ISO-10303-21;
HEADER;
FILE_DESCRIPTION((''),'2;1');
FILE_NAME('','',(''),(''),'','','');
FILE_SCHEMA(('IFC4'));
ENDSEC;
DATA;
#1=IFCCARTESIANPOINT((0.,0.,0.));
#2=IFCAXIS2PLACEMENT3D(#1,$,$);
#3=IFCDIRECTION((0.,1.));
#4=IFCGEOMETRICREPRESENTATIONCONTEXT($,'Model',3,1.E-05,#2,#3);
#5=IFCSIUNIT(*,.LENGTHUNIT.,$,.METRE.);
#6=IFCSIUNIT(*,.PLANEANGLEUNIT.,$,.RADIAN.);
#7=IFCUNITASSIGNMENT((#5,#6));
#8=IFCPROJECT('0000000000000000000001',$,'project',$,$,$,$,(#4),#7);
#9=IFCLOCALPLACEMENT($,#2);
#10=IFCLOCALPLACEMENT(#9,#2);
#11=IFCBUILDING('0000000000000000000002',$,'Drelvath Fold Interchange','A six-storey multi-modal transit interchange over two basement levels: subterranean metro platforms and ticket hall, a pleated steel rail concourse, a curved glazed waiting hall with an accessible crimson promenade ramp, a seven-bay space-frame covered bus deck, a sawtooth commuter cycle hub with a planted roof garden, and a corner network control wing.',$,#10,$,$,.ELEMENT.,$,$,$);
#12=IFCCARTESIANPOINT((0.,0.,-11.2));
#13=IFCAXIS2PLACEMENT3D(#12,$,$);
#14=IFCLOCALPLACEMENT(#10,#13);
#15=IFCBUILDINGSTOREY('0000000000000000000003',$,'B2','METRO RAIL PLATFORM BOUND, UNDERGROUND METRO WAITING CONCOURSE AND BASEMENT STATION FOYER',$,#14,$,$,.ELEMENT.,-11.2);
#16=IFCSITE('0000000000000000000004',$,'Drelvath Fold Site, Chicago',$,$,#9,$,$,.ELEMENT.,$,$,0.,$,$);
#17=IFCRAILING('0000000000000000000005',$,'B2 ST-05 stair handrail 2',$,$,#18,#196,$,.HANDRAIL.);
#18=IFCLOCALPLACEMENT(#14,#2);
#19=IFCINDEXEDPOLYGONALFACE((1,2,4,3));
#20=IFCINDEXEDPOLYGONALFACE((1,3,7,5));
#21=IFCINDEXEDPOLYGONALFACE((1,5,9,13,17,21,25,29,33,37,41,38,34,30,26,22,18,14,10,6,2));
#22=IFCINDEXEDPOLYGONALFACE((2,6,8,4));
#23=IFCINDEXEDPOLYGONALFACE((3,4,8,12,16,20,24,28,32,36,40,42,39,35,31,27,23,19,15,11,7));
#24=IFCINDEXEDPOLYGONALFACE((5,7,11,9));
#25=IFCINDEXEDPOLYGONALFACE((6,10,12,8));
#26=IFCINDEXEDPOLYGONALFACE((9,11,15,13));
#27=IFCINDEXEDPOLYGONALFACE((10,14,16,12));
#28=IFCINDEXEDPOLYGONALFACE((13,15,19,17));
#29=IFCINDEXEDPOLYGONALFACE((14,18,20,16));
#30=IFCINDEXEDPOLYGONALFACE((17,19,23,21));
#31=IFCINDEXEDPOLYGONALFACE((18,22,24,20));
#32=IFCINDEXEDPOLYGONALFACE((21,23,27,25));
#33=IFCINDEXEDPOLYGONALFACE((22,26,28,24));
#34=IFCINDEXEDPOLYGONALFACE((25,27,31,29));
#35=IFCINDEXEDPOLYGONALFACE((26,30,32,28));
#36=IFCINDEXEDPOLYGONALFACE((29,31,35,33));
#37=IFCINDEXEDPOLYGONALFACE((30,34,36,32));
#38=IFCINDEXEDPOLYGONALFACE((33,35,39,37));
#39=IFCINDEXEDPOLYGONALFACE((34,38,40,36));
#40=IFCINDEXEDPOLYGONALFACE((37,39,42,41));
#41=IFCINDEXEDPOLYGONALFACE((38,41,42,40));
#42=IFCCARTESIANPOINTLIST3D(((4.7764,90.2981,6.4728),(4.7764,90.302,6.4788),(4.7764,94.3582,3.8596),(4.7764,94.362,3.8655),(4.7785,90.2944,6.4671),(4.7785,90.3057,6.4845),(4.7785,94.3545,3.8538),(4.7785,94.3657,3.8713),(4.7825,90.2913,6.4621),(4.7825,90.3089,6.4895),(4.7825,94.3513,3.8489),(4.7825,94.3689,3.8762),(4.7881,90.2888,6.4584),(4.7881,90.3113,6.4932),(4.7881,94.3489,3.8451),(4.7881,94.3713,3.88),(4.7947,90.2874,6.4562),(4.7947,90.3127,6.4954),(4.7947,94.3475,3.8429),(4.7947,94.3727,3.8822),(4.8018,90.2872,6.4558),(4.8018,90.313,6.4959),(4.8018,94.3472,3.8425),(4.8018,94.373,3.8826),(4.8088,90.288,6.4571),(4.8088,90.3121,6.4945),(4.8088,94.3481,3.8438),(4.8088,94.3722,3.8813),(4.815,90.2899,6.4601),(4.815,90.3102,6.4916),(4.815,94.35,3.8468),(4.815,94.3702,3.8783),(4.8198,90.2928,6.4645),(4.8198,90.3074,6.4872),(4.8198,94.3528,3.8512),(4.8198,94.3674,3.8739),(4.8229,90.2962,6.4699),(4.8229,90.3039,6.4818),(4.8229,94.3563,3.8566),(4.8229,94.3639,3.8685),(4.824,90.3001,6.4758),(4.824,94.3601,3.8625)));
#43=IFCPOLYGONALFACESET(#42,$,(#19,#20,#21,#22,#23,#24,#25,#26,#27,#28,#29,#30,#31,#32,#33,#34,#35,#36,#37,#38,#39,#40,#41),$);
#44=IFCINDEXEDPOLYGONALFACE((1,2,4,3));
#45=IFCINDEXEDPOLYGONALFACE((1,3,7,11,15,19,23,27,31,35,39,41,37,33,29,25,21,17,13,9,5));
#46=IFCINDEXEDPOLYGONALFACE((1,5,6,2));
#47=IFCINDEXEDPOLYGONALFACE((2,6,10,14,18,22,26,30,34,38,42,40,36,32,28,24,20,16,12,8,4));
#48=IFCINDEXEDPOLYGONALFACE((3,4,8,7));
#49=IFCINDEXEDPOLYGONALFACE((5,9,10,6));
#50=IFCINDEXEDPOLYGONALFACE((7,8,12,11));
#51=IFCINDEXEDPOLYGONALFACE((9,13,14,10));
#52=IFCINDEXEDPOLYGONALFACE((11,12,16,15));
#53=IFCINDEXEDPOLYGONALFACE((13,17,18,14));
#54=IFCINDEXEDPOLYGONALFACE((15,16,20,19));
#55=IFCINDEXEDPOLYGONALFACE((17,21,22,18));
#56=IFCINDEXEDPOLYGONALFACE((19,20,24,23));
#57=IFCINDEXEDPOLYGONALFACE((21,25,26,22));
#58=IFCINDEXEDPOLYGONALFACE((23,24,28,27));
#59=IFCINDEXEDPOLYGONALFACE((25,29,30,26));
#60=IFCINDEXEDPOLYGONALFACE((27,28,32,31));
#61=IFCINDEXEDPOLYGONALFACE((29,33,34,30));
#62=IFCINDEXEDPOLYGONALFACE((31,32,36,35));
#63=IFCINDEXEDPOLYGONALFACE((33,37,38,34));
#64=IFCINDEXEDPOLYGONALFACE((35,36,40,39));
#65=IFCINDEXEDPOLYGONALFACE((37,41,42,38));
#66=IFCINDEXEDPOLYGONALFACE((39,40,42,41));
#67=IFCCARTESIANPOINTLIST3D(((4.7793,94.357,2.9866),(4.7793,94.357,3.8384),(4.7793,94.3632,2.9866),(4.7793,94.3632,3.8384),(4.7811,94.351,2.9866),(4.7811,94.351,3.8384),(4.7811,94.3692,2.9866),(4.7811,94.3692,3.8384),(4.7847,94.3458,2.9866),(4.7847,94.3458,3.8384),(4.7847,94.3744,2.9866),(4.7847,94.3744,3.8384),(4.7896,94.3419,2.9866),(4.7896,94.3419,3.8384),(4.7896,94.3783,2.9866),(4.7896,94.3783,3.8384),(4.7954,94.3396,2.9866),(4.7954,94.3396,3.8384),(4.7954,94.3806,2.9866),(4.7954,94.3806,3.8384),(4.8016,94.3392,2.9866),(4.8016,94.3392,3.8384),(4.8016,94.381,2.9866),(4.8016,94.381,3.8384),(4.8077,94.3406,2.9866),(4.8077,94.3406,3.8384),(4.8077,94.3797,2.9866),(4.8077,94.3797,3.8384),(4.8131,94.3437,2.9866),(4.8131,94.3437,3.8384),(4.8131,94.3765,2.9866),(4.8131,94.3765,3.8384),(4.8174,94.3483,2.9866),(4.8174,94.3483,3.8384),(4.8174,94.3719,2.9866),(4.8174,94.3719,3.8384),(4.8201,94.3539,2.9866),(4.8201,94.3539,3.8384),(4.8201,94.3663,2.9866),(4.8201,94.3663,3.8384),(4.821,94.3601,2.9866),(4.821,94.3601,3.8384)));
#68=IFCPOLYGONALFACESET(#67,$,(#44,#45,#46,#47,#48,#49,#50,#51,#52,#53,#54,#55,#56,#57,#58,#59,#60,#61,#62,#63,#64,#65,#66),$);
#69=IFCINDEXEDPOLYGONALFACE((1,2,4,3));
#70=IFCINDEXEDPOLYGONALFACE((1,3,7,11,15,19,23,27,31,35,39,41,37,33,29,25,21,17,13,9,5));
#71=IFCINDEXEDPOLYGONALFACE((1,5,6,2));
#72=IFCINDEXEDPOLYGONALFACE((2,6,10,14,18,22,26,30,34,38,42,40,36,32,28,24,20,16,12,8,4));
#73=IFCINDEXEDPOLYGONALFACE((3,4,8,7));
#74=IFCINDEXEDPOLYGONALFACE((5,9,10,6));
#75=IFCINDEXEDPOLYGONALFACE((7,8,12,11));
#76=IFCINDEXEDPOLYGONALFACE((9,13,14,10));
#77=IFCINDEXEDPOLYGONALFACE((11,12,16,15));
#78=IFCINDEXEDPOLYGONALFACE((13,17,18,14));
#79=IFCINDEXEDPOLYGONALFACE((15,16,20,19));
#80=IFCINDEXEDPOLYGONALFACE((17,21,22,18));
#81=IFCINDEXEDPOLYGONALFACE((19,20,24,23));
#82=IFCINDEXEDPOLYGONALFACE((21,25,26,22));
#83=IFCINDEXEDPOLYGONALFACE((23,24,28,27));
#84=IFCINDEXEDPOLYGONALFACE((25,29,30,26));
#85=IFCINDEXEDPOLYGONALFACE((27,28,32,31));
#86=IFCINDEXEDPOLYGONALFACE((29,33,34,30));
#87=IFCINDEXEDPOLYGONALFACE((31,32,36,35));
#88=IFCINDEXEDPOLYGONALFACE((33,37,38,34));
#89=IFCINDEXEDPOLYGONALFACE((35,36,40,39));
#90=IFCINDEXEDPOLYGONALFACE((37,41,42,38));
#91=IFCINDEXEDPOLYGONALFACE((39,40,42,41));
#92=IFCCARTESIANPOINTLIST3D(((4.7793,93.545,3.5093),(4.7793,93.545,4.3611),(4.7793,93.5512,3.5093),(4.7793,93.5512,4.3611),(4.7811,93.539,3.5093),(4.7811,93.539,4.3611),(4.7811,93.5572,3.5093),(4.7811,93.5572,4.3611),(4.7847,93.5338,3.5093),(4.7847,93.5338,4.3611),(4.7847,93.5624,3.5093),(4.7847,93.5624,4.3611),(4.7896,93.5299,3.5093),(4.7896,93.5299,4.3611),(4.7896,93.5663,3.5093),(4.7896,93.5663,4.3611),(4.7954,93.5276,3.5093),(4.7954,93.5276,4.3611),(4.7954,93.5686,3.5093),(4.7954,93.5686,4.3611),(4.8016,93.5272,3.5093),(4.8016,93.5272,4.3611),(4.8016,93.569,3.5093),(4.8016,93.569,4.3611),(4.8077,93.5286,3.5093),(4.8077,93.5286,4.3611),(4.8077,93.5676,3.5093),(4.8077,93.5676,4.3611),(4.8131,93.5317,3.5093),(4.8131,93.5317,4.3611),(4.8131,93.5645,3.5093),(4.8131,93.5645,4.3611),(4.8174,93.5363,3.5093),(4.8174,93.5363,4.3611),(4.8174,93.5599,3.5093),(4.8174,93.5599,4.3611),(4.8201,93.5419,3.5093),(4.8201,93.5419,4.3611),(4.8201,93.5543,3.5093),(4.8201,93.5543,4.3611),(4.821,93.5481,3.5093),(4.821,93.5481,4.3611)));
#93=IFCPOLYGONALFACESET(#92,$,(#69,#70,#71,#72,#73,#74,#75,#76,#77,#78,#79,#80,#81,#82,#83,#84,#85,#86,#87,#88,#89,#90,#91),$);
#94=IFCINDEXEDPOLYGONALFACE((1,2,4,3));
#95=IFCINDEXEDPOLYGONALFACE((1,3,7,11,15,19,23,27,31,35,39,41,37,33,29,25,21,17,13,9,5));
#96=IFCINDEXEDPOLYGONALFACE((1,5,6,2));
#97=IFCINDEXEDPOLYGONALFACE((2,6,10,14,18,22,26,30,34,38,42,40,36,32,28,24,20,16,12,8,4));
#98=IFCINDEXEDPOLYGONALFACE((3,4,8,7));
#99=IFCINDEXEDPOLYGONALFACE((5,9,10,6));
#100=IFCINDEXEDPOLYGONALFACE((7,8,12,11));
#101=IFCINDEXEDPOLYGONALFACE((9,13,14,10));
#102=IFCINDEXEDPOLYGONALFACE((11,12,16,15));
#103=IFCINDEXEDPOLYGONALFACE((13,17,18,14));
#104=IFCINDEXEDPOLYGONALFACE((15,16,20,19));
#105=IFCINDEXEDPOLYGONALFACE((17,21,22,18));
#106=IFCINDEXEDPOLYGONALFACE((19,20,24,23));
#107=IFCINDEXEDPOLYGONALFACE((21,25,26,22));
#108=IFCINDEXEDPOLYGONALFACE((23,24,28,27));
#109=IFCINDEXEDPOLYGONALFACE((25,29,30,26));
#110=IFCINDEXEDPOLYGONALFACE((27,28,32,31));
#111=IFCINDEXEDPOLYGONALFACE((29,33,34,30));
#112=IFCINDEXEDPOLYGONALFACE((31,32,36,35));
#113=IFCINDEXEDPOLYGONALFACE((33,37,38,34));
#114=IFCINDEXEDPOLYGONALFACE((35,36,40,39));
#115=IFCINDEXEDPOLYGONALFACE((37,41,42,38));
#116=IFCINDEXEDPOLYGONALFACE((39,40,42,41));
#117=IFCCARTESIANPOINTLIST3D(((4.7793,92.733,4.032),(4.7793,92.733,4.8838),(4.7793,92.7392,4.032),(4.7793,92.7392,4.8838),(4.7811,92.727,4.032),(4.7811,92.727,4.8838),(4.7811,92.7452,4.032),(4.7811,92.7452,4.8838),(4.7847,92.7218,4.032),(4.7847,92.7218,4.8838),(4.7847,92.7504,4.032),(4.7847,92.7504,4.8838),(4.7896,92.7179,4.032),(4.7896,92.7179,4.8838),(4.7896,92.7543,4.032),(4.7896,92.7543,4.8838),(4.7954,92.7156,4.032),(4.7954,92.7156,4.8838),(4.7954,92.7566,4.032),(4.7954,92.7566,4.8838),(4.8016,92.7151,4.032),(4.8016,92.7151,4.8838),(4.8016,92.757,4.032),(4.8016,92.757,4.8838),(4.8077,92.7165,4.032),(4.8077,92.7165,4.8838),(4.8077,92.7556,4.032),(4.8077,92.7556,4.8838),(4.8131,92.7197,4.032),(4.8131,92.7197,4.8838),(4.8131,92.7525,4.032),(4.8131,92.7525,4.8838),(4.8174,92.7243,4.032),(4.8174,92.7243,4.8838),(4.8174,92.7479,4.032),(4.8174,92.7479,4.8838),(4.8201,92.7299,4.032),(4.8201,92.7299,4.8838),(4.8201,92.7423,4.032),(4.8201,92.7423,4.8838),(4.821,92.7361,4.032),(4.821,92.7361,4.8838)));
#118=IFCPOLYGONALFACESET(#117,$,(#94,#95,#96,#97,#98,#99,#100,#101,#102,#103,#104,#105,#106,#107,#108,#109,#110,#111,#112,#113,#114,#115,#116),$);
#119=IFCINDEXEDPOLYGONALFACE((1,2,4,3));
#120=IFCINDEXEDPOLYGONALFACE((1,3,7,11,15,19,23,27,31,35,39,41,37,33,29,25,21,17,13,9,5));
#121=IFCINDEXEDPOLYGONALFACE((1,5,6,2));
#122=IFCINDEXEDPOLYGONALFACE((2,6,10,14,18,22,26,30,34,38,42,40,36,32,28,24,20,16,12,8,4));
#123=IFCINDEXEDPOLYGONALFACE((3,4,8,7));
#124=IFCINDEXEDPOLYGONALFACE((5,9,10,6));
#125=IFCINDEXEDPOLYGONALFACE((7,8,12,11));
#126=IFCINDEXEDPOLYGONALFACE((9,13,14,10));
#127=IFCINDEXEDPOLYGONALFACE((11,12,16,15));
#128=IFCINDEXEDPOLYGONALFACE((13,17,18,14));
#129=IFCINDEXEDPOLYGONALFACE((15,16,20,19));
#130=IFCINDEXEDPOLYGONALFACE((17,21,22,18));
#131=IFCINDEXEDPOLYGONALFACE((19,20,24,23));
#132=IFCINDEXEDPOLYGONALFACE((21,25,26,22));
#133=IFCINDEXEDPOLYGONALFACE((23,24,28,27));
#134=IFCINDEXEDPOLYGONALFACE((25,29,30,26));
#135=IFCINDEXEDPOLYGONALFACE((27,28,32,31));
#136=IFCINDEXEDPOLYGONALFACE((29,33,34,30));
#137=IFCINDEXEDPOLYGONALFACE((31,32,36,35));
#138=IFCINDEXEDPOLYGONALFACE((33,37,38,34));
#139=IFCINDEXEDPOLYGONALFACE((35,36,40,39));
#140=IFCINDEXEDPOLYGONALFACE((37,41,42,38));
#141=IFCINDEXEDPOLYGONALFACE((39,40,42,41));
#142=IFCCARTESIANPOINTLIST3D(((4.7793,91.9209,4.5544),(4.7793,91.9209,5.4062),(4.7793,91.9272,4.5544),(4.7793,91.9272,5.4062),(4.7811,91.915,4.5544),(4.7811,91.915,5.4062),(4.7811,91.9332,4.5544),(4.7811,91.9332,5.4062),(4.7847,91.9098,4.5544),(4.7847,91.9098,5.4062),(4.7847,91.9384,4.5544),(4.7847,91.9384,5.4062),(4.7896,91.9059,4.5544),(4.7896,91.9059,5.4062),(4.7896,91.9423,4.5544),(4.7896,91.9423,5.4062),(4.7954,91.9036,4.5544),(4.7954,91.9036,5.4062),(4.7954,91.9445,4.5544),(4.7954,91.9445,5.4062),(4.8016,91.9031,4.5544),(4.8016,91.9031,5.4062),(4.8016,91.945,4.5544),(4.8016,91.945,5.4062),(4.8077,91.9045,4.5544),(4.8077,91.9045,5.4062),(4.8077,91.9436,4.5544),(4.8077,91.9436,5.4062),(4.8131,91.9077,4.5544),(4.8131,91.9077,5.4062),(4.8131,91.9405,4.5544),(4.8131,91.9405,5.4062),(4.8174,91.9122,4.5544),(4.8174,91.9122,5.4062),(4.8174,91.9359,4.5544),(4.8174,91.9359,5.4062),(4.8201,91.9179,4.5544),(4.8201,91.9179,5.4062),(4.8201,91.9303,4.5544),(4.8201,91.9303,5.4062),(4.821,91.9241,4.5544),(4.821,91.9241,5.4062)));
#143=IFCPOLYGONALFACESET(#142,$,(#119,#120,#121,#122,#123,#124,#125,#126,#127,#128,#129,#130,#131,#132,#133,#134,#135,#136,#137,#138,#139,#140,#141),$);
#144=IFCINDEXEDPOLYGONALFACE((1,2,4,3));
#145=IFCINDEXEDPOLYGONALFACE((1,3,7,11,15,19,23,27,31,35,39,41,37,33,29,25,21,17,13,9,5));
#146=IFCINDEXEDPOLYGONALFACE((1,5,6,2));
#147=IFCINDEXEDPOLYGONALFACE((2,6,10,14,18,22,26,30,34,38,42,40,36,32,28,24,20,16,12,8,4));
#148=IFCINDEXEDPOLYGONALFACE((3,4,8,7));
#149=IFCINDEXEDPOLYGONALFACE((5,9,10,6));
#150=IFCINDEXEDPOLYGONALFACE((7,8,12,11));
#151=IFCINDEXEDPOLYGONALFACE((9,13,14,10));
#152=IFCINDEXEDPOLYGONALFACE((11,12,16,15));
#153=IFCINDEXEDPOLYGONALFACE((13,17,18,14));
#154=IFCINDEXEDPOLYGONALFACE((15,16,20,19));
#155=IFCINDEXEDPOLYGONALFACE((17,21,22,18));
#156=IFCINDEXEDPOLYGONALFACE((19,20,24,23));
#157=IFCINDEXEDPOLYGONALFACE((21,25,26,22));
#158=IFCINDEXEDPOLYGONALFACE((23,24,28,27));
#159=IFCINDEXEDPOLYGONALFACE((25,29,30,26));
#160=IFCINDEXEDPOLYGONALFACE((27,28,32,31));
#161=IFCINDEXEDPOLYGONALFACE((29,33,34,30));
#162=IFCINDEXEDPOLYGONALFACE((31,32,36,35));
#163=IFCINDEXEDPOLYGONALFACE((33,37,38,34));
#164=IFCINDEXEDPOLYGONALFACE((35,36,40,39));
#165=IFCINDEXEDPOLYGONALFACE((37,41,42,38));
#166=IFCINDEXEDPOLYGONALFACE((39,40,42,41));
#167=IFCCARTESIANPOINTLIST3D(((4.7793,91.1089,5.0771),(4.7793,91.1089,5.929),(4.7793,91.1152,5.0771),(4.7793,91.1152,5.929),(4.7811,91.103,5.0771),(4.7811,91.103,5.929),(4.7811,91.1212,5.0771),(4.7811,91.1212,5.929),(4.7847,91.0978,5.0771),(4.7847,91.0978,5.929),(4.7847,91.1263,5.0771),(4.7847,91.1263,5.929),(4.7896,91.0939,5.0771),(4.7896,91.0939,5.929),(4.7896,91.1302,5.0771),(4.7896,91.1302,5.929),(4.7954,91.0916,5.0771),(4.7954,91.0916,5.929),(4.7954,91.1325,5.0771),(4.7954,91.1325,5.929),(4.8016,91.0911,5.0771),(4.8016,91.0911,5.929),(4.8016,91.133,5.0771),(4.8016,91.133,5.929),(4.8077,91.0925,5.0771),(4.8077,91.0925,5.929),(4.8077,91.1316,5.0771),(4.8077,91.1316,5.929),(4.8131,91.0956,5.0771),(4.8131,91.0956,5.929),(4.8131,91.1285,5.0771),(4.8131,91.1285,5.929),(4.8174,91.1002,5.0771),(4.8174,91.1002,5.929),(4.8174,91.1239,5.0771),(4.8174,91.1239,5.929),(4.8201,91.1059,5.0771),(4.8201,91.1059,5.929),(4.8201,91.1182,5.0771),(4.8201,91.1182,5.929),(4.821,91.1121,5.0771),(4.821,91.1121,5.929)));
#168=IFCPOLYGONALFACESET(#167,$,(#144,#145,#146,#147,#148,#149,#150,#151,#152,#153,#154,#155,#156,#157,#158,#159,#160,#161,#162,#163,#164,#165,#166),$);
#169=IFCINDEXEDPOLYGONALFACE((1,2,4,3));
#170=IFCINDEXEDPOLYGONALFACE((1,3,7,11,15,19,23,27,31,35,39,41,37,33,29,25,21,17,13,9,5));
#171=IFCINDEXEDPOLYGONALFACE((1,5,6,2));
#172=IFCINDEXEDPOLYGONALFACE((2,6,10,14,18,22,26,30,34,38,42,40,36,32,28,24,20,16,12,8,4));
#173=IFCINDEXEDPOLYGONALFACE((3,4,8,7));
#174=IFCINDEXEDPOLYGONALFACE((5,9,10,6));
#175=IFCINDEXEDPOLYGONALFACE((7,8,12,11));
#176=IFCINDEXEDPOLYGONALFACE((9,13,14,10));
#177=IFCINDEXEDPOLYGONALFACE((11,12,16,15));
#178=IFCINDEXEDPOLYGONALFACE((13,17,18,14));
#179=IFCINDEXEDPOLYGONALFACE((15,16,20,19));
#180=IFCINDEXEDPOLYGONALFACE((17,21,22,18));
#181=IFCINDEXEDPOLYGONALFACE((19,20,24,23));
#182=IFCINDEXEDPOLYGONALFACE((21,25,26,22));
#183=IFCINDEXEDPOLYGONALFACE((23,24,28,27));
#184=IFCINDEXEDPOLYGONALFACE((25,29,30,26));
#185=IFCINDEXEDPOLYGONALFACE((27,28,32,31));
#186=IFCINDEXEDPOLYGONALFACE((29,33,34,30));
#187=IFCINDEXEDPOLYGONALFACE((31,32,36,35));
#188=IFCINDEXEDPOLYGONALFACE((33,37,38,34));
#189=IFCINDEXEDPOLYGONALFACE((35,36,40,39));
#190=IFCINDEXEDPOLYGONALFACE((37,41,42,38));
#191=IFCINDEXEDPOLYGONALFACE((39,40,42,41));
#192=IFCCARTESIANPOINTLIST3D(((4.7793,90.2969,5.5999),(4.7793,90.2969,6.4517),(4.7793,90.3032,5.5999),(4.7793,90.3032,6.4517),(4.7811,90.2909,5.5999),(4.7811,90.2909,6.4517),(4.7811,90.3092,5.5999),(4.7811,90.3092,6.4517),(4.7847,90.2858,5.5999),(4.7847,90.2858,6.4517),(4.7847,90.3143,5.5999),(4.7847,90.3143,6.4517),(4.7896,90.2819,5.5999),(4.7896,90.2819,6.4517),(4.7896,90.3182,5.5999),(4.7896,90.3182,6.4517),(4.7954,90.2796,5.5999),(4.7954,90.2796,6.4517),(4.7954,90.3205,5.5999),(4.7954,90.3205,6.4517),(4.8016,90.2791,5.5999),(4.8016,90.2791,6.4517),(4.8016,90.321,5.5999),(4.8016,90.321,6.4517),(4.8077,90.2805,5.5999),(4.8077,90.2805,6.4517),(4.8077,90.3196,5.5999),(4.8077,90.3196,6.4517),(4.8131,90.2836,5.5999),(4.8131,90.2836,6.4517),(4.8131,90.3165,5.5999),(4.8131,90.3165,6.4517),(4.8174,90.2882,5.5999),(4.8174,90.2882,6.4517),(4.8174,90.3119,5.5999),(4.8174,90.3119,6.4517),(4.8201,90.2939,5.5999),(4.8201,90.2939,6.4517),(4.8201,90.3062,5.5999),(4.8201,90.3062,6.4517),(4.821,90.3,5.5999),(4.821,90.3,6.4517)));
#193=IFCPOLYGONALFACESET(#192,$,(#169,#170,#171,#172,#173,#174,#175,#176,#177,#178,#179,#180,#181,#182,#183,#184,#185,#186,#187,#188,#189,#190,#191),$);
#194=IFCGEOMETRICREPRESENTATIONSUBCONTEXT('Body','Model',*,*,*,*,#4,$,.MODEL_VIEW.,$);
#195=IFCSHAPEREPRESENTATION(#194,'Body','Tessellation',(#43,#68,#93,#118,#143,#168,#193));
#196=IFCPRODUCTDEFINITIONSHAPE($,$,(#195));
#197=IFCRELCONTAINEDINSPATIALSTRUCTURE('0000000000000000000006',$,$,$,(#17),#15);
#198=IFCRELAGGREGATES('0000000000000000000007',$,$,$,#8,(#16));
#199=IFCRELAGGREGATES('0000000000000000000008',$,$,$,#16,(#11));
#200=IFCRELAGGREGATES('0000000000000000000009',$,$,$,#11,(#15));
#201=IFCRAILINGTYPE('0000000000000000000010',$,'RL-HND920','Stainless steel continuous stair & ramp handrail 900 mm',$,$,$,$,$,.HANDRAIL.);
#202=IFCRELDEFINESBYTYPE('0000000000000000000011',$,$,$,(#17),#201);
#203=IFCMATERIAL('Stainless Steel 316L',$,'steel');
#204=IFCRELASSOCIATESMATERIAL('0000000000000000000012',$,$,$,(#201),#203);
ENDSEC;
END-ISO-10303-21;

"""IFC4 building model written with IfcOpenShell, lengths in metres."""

from ifc_helpers import new_model, si_unit, direction, frame, origin, origin_2d, place, context, subcontext, project, spatial, circle, extrude, material, type_object, element, save


model = new_model("IFC4")

# Units and contexts
model_context = context("Model", 3, precision=1e-05, world=origin(), true_north=direction((0.0, 1.0)))
body_context = subcontext(model_context, "Body", "Model", "MODEL_VIEW")
ifc_project = project(units=[si_unit("LENGTHUNIT", "METRE"), si_unit("PLANEANGLEUNIT", "RADIAN")], contexts=[model_context])

# Site, building, storey
site_placement = place(None, origin())
site = spatial("IfcSite", under=ifc_project, at=site_placement, Name="Drelvath Fold Site, Chicago", CompositionType="ELEMENT", RefElevation=0.0)
building_placement = place(site_placement, origin())
building = spatial("IfcBuilding", under=site, at=building_placement, Name="Drelvath Fold Interchange", Description="A six-storey multi-modal transit interchange over two basement levels: subterranean metro platforms and ticket hall, a pleated steel rail concourse, a curved glazed waiting hall with an accessible crimson promenade ramp, a seven-bay space-frame covered bus deck, a sawtooth commuter cycle hub with a planted roof garden, and a corner network control wing.", CompositionType="ELEMENT")
storey_placement = place(building_placement, frame((0.0, 0.0, -11.2)))
storey = spatial("IfcBuildingStorey", under=building, at=storey_placement, Name="B2", Description="METRO RAIL PLATFORM BOUND, UNDERGROUND METRO WAITING CONCOURSE AND BASEMENT STATION FOYER", CompositionType="ELEMENT", Elevation=-11.2)

# Railing
ifc_material_1 = material(Name="Stainless Steel 316L", Category="steel")
railing_type_1 = type_object("IfcRailingType", Name="RL-HND920", Description="Stainless steel continuous stair & ramp handrail 900 mm", PredefinedType="HANDRAIL", material=ifc_material_1)
railing_1_placement = place(storey_placement, frame((4.8, 94.3601, 2.9866)))
element("IfcRailing", 1, at=railing_1_placement, inside=storey, type_object=railing_type_1, Name="B2 ST-05 stair handrail 2", PredefinedType="HANDRAIL", context=body_context, shape_type="SweptSolid", body=[
    extrude(circle(Radius=0.0239, at=origin_2d()), frame((0.0, 0.0, 0.876), z_axis=(0.0, -0.840873, 0.541233), x_axis=(1.0, 0.0, 0.0)), (0.0, 0.0, 1.0), 4.8284),
    extrude(circle(Radius=0.021, at=origin_2d()), origin(), (0.0, 0.0, 1.0), 0.8518),
    extrude(circle(Radius=0.021, at=origin_2d()), frame((0.0, -0.812, 0.5227)), (0.0, 0.0, 1.0), 0.8518),
    extrude(circle(Radius=0.021, at=origin_2d()), frame((0.0, -1.624, 1.0454)), (0.0, 0.0, 1.0), 0.8518),
    extrude(circle(Radius=0.021, at=origin_2d()), frame((0.0, -2.436, 1.5679)), (0.0, 0.0, 1.0), 0.8518),
    extrude(circle(Radius=0.021, at=origin_2d()), frame((0.0, -3.248, 2.0906)), (0.0, 0.0, 1.0), 0.8518),
    extrude(circle(Radius=0.021, at=origin_2d()), frame((0.0, -4.0601, 2.6133)), (0.0, 0.0, 1.0), 0.8518),
])

save(model, "model.ifc")
